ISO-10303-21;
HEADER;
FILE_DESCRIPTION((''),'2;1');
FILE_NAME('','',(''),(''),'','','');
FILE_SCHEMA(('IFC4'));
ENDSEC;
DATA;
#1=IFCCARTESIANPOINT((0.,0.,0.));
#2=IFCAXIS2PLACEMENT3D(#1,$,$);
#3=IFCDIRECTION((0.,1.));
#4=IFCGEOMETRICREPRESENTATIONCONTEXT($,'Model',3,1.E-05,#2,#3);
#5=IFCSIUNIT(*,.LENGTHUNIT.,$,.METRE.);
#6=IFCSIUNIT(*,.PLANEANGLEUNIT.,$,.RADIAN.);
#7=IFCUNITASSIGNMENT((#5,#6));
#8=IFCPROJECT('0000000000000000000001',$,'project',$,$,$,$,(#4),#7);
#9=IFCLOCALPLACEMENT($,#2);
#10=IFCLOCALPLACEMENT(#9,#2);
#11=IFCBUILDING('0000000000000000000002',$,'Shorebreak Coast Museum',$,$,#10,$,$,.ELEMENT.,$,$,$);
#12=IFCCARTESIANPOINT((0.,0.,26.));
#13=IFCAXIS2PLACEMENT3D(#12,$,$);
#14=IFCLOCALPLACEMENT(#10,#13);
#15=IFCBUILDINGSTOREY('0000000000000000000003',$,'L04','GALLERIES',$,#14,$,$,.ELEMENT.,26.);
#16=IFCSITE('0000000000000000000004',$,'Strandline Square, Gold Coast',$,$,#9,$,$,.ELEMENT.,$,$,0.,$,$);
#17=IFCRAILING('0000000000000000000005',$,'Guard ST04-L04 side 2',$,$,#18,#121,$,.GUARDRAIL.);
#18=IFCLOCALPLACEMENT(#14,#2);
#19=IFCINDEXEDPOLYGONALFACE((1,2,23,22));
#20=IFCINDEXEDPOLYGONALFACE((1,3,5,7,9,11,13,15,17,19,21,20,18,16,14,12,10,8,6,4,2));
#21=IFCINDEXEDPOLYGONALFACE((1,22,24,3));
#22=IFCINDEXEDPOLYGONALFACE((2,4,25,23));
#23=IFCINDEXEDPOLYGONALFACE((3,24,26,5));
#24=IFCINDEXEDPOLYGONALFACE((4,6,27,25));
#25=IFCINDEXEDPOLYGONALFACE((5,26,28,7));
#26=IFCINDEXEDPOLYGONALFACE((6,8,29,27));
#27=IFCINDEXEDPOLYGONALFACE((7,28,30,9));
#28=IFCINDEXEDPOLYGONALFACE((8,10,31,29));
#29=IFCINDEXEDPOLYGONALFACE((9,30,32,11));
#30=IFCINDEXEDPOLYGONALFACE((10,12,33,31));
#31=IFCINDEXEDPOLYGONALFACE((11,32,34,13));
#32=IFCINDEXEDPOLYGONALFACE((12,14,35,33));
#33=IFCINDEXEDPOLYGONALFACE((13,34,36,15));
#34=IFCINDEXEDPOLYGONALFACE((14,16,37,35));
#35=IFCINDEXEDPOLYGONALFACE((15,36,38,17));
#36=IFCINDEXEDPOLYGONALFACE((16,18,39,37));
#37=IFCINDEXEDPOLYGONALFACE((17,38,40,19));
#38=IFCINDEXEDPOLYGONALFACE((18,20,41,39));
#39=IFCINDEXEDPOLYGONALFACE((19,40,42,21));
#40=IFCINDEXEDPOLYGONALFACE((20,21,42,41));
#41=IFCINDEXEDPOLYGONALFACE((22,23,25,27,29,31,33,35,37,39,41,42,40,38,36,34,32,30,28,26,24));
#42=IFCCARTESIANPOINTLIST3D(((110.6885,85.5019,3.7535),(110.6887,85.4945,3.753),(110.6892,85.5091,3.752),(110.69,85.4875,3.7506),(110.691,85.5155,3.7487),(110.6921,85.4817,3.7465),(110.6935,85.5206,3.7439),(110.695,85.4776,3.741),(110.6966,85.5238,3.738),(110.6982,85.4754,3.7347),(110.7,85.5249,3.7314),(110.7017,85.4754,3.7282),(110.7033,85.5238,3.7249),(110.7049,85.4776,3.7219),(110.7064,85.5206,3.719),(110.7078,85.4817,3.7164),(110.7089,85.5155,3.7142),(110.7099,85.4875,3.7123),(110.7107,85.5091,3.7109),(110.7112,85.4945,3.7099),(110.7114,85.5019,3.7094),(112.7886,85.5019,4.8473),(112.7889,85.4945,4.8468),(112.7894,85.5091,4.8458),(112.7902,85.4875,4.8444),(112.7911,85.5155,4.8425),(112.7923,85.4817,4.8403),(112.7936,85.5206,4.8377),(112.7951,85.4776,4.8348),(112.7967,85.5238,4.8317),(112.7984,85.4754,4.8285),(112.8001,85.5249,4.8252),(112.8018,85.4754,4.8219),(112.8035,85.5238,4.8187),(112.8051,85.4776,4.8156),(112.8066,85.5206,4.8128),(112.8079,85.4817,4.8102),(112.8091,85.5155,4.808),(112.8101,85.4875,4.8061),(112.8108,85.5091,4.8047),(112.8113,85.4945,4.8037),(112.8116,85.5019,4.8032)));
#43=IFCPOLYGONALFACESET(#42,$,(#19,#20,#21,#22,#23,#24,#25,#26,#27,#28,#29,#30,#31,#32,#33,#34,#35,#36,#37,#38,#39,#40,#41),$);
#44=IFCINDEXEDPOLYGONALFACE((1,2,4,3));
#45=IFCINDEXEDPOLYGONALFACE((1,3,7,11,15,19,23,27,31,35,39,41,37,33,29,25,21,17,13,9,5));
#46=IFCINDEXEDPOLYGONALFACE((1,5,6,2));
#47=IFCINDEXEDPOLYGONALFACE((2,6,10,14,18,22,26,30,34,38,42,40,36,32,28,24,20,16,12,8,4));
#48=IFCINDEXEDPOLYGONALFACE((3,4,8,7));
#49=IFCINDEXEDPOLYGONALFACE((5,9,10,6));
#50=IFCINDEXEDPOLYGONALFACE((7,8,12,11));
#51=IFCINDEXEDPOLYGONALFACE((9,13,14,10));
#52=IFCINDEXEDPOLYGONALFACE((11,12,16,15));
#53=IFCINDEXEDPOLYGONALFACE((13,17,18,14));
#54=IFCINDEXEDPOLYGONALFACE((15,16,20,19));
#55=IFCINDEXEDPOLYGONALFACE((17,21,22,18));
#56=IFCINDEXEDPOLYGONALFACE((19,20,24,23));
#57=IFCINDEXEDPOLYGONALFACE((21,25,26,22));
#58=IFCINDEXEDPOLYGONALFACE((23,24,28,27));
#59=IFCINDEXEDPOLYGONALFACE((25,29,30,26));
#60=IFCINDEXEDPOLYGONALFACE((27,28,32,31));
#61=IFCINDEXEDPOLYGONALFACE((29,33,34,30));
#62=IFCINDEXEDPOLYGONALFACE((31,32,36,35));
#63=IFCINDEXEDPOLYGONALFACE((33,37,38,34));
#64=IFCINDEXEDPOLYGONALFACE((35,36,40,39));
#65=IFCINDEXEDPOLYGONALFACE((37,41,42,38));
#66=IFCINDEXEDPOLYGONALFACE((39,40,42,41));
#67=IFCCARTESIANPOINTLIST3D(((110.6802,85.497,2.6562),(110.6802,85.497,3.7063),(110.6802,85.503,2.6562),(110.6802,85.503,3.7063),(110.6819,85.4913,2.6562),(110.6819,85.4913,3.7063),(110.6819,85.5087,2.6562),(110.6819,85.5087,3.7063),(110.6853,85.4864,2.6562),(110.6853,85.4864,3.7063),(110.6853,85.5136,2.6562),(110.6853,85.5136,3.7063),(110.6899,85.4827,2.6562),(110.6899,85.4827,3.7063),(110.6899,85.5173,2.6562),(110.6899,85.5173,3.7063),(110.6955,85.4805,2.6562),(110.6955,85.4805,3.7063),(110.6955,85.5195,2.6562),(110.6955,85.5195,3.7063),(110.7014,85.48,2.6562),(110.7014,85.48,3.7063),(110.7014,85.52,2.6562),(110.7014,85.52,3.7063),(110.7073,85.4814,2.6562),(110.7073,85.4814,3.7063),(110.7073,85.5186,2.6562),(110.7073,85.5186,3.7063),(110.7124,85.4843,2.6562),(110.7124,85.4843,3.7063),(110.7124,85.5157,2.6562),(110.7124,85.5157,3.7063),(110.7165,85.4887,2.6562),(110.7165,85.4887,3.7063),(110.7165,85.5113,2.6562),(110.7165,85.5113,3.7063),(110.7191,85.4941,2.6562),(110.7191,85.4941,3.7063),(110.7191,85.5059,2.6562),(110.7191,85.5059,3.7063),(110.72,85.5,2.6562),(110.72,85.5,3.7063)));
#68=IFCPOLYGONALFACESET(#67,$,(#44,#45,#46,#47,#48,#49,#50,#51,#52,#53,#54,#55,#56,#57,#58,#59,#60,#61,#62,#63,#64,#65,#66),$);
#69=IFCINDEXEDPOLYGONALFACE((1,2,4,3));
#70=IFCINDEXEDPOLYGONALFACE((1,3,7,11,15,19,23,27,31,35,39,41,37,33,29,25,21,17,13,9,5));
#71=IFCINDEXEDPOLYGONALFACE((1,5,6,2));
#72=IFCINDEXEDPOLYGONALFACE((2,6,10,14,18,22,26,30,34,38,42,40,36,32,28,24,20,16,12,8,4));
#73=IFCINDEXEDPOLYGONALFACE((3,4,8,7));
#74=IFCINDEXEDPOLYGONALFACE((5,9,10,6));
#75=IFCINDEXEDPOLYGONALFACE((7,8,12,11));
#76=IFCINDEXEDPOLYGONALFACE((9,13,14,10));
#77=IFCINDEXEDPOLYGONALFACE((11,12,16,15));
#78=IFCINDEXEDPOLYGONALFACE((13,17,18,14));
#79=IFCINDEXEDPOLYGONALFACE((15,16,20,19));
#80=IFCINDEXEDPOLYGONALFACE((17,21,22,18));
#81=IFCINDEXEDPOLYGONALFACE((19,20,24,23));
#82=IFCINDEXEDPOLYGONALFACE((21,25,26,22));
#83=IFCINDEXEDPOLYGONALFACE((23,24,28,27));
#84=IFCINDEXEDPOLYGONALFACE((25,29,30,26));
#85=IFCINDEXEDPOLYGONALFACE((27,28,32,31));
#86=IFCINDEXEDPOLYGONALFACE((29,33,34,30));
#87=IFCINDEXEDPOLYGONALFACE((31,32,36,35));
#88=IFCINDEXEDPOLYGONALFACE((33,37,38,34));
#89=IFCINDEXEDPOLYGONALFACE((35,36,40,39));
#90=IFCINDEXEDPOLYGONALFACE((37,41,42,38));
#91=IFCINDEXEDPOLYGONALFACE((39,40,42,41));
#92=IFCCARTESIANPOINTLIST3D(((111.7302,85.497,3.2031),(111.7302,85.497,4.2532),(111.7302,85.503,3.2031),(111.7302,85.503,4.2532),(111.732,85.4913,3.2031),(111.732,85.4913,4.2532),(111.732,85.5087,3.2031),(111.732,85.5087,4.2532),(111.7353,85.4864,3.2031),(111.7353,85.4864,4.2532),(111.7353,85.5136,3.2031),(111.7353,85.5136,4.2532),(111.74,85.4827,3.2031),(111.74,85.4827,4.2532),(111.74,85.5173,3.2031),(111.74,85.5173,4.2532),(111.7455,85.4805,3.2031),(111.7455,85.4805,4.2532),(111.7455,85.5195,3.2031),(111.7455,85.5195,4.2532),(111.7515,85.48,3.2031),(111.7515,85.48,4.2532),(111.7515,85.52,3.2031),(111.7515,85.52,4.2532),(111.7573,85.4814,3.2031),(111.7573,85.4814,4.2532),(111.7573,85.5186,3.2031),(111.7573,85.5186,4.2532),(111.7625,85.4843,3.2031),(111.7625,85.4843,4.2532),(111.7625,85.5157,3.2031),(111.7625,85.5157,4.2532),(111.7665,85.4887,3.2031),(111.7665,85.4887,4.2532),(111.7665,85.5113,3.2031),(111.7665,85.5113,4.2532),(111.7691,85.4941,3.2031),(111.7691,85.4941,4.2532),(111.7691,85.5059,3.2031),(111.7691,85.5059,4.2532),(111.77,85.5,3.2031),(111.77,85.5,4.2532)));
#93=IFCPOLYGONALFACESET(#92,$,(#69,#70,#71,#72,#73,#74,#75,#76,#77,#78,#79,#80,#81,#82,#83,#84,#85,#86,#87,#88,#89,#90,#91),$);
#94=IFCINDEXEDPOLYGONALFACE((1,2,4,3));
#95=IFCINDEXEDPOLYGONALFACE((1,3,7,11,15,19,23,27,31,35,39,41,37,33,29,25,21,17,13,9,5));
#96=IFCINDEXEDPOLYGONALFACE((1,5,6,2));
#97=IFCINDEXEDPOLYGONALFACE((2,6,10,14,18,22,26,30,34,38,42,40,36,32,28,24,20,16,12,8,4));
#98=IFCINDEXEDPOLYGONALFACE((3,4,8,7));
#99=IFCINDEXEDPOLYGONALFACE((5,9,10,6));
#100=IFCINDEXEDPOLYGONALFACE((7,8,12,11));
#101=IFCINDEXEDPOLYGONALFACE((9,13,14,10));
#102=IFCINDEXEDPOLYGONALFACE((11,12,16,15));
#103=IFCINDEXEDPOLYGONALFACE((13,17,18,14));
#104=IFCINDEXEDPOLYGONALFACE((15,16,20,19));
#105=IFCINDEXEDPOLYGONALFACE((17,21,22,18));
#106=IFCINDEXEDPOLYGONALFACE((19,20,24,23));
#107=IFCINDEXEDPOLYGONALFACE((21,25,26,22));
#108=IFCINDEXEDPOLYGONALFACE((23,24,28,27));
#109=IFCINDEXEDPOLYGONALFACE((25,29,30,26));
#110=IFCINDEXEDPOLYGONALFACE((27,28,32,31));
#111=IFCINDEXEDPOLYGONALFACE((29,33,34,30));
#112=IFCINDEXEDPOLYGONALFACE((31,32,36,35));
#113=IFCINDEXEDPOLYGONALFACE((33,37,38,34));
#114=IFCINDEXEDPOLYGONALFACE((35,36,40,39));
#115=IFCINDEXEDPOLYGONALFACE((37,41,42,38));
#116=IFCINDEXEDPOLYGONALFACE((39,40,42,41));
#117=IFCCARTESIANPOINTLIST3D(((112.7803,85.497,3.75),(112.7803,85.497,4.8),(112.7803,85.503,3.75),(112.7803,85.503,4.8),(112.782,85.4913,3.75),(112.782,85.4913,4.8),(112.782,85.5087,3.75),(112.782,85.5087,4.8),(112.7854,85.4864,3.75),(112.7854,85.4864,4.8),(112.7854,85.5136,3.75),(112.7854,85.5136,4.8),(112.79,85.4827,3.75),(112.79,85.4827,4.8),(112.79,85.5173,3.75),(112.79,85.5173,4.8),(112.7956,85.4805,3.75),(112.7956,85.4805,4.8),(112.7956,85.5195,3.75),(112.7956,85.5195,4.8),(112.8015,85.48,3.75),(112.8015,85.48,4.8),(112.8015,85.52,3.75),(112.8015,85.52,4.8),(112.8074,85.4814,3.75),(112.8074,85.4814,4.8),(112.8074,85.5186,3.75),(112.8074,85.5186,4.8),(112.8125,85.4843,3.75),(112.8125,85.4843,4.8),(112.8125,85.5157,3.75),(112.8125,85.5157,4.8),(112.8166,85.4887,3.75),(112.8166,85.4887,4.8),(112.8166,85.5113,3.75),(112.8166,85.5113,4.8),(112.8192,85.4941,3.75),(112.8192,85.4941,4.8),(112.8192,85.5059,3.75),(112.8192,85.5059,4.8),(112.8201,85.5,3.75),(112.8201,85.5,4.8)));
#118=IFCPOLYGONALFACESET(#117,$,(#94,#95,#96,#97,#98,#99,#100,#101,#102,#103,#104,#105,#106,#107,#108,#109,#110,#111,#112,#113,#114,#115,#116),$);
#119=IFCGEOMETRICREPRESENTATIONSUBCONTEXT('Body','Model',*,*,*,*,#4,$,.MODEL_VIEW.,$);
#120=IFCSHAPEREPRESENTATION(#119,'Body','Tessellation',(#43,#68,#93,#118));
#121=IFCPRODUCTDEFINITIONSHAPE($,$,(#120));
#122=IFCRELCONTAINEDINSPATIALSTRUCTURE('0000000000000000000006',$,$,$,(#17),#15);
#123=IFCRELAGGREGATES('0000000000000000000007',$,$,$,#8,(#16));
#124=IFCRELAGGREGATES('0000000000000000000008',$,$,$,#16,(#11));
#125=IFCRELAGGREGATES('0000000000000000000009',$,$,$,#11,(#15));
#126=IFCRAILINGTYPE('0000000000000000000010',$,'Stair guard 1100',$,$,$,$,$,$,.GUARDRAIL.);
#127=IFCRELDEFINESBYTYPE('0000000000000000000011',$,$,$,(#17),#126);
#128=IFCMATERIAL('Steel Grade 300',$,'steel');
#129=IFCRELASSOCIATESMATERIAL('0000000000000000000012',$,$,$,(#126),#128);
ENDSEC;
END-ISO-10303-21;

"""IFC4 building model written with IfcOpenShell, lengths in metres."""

from ifc_helpers import new_model, si_unit, direction, frame, origin, origin_2d, place, context, subcontext, project, spatial, circle, extrude, material, type_object, element, save


model = new_model("IFC4")

# Units and contexts
model_context = context("Model", 3, precision=1e-05, world=origin(), true_north=direction((0.0, 1.0)))
body_context = subcontext(model_context, "Body", "Model", "MODEL_VIEW")
ifc_project = project(units=[si_unit("LENGTHUNIT", "METRE"), si_unit("PLANEANGLEUNIT", "RADIAN")], contexts=[model_context])

# Site, building, storey
site_placement = place(None, origin())
site = spatial("IfcSite", under=ifc_project, at=site_placement, Name="Strandline Square, Gold Coast", CompositionType="ELEMENT", RefElevation=0.0)
building_placement = place(site_placement, origin())
building = spatial("IfcBuilding", under=site, at=building_placement, Name="Shorebreak Coast Museum", CompositionType="ELEMENT")
storey_placement = place(building_placement, frame((0.0, 0.0, 26.0)))
storey = spatial("IfcBuildingStorey", under=building, at=storey_placement, Name="L04", Description="GALLERIES", CompositionType="ELEMENT", Elevation=26.0)

# Railing
ifc_material_1 = material(Name="Steel Grade 300", Category="steel")
railing_type_1 = type_object("IfcRailingType", Name="Stair guard 1100", PredefinedType="GUARDRAIL", material=ifc_material_1)
railing_placement = place(storey_placement, frame((110.7, 85.5, 2.6562)))
element("IfcRailing", 1, at=railing_placement, inside=storey, type_object=railing_type_1, Name="Guard ST04-L04 side 2", PredefinedType="GUARDRAIL", context=body_context, shape_type="SweptSolid", body=[
    extrude(circle(Radius=0.0249, at=origin_2d()), frame((0.0, 0.0, 1.0752), z_axis=(0.886923, 0.0, 0.461918), x_axis=(0.0, 1.0, 0.0)), (0.0, 0.0, 1.0), 2.3679),
    extrude(circle(Radius=0.02, at=origin_2d()), origin(), (0.0, 0.0, 1.0), 1.05),
    extrude(circle(Radius=0.02, at=origin_2d()), frame((1.05, 0.0, 0.5469)), (0.0, 0.0, 1.0), 1.05),
    extrude(circle(Radius=0.02, at=origin_2d()), frame((2.1001, 0.0, 1.0938)), (0.0, 0.0, 1.0), 1.05),
])

save(model, "model.ifc")
